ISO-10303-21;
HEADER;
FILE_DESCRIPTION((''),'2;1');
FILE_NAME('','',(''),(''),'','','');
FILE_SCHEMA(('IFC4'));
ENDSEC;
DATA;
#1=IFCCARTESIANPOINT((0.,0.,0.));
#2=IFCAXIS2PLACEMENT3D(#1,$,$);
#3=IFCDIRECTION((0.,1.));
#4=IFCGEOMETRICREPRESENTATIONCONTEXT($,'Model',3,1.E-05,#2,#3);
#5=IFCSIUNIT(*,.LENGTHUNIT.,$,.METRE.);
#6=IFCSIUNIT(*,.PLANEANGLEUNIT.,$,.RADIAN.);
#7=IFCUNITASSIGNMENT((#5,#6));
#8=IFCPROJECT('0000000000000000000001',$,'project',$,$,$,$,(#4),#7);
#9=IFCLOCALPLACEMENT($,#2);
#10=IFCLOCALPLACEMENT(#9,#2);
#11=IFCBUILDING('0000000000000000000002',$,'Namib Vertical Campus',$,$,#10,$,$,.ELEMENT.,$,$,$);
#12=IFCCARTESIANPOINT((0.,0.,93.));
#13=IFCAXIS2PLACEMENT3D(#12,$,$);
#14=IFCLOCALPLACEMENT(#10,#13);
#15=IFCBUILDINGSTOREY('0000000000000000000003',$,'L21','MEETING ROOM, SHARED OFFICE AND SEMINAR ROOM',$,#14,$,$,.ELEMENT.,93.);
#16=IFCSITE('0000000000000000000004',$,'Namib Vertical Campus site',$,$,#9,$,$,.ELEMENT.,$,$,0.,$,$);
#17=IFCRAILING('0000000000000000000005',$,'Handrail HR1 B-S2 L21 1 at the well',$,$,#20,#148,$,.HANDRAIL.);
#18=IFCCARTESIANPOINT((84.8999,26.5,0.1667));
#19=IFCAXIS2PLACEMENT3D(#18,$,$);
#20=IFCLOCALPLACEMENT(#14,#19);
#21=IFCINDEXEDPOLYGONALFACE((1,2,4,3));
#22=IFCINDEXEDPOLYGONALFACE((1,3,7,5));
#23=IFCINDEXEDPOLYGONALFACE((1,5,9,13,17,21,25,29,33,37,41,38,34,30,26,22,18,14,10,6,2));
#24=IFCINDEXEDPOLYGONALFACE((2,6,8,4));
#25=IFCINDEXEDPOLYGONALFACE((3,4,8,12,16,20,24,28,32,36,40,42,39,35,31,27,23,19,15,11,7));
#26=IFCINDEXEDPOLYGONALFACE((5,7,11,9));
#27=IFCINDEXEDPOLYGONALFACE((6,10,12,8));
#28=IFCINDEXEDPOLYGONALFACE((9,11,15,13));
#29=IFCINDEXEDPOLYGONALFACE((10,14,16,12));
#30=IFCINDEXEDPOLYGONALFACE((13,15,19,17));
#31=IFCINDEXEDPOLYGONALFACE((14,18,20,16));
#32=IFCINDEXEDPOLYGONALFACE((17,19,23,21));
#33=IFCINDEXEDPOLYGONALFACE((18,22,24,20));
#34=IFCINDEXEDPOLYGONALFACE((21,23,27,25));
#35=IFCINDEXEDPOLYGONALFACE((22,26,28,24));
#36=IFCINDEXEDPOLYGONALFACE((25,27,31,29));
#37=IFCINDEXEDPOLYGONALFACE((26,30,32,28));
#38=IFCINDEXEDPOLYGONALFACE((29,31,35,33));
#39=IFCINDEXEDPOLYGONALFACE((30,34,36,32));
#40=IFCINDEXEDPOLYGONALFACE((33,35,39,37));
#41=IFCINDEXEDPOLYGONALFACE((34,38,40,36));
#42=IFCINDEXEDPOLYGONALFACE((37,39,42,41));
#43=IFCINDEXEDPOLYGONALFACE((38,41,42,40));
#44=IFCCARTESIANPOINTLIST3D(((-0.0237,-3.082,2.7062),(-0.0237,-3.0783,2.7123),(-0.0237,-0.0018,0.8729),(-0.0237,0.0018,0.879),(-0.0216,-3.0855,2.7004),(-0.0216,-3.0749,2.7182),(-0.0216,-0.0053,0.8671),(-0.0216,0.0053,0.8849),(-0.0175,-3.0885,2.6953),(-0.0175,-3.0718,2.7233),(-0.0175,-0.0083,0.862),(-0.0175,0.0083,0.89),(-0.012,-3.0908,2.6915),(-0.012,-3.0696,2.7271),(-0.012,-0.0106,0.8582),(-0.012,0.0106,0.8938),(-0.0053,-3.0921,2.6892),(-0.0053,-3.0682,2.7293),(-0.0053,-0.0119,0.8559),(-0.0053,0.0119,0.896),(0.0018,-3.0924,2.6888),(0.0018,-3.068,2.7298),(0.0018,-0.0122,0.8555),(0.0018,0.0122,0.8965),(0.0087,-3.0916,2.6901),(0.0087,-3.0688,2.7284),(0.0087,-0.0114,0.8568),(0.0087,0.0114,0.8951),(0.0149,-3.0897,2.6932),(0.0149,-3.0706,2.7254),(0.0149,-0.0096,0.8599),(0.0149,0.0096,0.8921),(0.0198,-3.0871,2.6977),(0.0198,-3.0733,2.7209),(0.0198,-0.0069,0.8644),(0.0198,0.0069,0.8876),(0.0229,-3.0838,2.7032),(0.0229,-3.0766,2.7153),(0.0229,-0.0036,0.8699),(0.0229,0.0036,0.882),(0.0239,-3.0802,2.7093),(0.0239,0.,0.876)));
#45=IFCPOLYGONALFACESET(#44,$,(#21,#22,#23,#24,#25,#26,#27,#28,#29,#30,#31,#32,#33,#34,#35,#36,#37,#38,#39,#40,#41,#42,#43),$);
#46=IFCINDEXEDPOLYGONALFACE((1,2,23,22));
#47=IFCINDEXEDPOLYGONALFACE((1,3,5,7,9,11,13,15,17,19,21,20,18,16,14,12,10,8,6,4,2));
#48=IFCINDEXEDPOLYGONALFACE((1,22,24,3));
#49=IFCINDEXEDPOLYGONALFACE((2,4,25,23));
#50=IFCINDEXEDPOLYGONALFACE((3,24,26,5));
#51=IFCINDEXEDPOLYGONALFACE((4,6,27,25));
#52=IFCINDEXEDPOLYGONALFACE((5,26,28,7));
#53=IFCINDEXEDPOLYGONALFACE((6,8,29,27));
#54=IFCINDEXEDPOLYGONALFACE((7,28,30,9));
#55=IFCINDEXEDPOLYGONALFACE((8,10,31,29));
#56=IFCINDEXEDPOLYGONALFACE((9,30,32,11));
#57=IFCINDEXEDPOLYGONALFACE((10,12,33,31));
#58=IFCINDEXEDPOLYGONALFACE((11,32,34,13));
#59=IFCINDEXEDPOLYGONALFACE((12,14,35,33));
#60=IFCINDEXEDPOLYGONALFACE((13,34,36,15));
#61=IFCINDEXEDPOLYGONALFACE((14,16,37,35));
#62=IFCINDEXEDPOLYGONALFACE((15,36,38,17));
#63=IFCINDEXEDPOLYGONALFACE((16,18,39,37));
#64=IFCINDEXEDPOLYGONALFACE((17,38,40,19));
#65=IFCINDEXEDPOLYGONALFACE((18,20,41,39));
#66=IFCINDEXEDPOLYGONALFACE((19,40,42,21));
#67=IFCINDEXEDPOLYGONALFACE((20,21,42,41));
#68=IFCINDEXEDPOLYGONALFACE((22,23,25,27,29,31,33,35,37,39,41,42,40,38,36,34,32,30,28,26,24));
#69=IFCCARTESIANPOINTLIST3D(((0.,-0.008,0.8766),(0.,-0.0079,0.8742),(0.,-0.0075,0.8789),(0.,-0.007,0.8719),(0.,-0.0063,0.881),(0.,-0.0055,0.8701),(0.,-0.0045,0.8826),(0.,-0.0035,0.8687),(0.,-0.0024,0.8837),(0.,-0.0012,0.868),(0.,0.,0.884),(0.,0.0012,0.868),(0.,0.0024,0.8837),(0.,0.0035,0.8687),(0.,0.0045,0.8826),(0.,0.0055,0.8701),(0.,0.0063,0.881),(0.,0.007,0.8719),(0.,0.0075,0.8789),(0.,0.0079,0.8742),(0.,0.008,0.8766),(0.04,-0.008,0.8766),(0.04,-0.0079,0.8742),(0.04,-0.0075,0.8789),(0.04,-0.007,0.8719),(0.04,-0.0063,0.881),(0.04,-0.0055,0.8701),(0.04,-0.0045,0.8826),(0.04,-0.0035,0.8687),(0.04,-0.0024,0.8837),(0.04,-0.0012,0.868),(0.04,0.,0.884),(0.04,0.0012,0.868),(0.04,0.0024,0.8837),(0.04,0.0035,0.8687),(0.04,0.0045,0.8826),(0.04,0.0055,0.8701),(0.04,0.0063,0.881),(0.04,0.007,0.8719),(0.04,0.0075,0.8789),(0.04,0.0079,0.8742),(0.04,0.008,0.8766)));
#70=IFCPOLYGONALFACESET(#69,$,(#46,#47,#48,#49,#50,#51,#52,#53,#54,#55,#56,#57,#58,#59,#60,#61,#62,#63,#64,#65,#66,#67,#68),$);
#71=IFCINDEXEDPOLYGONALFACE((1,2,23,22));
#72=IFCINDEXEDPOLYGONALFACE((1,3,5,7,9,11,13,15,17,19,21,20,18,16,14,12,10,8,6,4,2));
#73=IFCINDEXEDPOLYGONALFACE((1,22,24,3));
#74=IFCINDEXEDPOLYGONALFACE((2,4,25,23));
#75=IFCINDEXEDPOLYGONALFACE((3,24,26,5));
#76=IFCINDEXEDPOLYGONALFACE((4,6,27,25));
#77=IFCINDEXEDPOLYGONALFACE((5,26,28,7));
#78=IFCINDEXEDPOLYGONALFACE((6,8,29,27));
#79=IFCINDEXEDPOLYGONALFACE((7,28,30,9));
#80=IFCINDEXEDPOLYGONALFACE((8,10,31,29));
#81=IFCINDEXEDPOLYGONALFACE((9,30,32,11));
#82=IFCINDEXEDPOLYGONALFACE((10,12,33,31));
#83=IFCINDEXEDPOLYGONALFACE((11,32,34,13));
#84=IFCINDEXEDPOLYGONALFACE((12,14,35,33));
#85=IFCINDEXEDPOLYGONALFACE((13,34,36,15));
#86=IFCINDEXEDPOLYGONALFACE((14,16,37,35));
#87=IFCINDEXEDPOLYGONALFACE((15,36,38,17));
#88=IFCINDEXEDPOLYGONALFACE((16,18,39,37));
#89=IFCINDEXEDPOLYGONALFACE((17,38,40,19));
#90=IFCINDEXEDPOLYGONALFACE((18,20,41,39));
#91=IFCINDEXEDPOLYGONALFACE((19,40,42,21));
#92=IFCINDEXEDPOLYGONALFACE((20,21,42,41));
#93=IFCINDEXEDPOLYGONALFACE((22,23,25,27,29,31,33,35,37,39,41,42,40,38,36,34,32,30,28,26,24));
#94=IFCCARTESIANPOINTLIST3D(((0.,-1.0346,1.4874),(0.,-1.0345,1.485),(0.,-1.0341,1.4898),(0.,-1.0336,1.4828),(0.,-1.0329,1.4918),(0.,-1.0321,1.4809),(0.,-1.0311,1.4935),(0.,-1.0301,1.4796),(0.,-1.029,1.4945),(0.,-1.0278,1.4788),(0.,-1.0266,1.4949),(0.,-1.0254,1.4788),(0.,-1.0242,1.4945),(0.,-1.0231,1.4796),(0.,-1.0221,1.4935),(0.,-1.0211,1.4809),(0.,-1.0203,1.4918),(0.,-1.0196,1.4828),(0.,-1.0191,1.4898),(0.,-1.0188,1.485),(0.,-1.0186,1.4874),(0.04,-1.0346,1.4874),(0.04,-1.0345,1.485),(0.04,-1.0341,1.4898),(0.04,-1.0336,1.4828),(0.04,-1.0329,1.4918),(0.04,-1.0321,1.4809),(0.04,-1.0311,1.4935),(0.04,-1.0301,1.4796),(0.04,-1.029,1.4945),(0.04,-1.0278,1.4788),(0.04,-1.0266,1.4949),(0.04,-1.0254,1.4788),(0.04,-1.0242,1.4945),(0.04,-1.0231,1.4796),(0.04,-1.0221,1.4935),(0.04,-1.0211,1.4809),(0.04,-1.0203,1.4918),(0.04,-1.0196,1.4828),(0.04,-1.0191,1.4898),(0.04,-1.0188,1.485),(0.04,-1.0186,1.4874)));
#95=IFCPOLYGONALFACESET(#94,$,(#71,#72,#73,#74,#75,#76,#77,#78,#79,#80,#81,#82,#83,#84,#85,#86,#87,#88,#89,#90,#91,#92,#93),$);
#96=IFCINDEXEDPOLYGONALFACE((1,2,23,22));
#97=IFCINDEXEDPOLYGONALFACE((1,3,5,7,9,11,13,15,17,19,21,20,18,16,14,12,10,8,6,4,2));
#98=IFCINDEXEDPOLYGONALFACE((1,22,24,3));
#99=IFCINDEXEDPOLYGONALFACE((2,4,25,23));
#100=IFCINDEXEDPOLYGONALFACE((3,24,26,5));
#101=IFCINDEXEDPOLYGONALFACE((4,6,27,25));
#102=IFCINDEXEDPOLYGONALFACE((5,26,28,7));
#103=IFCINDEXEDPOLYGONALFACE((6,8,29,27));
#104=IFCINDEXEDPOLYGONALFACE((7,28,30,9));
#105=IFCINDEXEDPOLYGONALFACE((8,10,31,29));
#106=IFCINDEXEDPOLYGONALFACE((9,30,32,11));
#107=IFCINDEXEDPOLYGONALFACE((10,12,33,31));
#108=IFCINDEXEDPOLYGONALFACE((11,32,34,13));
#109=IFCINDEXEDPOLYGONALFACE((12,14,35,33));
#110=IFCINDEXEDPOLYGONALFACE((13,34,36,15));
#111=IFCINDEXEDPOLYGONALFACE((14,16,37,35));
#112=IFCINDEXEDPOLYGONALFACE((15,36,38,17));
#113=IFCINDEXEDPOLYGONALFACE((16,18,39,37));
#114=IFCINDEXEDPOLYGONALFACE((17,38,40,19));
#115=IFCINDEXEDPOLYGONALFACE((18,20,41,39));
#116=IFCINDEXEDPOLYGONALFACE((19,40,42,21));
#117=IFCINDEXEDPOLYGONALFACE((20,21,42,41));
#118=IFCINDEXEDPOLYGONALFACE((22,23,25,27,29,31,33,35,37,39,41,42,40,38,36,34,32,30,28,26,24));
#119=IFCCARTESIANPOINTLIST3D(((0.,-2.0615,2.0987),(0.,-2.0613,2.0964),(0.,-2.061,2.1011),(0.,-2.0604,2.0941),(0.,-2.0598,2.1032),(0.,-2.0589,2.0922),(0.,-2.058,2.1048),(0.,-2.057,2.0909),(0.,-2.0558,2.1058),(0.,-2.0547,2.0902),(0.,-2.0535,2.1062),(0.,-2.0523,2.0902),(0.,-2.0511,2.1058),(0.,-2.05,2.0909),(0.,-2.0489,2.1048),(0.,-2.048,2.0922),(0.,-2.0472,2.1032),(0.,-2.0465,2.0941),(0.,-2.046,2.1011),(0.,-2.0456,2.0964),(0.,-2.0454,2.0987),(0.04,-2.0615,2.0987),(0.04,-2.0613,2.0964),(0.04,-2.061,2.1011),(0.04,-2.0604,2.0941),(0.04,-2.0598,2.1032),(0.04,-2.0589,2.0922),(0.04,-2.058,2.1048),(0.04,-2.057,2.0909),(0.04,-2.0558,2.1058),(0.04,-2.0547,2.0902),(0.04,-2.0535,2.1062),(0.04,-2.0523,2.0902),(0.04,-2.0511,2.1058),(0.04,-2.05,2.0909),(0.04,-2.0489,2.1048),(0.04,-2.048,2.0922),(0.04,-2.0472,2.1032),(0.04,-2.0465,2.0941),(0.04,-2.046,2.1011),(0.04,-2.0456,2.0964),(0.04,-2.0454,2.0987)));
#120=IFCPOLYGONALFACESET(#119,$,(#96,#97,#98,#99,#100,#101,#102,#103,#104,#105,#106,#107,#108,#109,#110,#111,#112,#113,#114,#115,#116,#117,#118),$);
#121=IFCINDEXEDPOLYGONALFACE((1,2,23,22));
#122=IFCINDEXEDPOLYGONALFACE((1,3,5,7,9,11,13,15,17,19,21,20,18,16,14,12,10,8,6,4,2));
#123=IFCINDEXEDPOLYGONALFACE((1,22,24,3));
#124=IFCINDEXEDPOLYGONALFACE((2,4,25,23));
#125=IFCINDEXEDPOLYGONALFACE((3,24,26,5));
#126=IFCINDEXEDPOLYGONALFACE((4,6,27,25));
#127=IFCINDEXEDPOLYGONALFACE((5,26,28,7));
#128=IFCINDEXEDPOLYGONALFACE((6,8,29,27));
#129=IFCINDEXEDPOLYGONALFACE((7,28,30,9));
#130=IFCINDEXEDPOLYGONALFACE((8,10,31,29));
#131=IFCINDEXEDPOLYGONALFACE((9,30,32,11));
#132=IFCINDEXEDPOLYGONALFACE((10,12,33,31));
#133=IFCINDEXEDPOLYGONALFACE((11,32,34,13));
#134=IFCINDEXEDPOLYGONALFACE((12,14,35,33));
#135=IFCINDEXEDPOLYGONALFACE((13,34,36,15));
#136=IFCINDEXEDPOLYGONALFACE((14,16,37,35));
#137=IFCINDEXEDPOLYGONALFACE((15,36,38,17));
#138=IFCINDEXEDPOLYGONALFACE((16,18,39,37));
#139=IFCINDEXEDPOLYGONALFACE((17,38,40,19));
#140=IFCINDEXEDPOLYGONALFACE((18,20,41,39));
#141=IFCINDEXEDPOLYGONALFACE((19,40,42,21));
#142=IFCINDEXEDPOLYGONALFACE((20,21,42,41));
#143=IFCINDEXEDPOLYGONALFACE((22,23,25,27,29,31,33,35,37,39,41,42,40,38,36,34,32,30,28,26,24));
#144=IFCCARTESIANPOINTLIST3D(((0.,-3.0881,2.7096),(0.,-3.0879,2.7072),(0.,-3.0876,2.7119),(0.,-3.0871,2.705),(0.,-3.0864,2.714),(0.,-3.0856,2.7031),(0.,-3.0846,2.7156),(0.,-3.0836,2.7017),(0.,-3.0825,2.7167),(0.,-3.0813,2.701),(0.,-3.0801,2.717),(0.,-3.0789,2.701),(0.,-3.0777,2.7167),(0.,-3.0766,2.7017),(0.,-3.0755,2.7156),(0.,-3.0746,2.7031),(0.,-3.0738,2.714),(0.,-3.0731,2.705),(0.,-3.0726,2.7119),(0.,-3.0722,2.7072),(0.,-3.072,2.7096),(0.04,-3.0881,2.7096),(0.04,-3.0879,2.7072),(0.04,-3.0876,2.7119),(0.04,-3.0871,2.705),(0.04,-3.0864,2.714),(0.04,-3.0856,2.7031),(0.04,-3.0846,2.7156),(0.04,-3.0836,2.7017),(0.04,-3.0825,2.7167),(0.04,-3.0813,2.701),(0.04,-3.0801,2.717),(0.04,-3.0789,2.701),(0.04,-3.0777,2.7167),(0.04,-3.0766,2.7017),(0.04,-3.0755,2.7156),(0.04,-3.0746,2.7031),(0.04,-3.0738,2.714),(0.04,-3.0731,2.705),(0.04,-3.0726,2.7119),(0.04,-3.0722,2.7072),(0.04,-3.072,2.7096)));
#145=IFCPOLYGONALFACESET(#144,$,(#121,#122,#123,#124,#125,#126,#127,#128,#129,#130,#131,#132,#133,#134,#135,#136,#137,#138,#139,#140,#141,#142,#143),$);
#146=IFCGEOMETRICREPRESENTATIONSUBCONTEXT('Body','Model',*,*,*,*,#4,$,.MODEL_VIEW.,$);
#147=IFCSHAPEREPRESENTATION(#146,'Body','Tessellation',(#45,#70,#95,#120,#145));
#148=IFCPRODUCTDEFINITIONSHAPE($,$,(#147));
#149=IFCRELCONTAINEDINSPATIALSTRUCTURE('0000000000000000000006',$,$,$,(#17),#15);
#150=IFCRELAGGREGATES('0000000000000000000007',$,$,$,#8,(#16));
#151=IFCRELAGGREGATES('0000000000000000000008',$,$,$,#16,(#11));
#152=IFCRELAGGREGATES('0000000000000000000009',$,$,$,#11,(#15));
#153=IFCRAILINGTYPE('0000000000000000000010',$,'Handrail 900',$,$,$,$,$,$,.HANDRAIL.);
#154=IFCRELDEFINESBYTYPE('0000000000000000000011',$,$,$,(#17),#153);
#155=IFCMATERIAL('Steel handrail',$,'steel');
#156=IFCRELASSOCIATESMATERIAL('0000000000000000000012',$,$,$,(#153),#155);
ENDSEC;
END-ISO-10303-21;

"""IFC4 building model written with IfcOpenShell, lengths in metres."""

from ifc_helpers import new_model, si_unit, direction, frame, origin, origin_2d, place, context, subcontext, project, spatial, circle, extrude, material, type_object, element, save


model = new_model("IFC4")

# Units and contexts
model_context = context("Model", 3, precision=1e-05, world=origin(), true_north=direction((0.0, 1.0)))
body_context = subcontext(model_context, "Body", "Model", "MODEL_VIEW")
ifc_project = project(units=[si_unit("LENGTHUNIT", "METRE"), si_unit("PLANEANGLEUNIT", "RADIAN")], contexts=[model_context])

# Site, building, storey
site_placement = place(None, origin())
site = spatial("IfcSite", under=ifc_project, at=site_placement, Name="Namib Vertical Campus site", CompositionType="ELEMENT", RefElevation=0.0)
building_placement = place(site_placement, origin())
building = spatial("IfcBuilding", under=site, at=building_placement, Name="Namib Vertical Campus", CompositionType="ELEMENT")
storey_placement = place(building_placement, frame((0.0, 0.0, 93.0)))
storey = spatial("IfcBuildingStorey", under=building, at=storey_placement, Name="L21", Description="MEETING ROOM, SHARED OFFICE AND SEMINAR ROOM", CompositionType="ELEMENT", Elevation=93.0)

# Railing
ifc_material_1 = material(Name="Steel handrail", Category="steel")
railing_type_1 = type_object("IfcRailingType", Name="Handrail 900", PredefinedType="HANDRAIL", material=ifc_material_1)
railing_1_placement = place(storey_placement, frame((84.8999, 26.5, 0.1667)))
element("IfcRailing", 1, at=railing_1_placement, inside=storey, type_object=railing_type_1, Name="Handrail HR1 B-S2 L21 1 at the well", PredefinedType="HANDRAIL", context=body_context, shape_type="SweptSolid", body=[
    extrude(circle(Radius=0.0239, at=origin_2d()), frame((0.0, 0.0, 0.876), z_axis=(0.0, -0.859309, 0.511458), x_axis=(1.0, 0.0, 0.0)), (0.0, 0.0, 1.0), 3.5845),
    extrude(circle(Radius=0.0081, at=origin_2d()), frame((0.0, 0.0, 0.876), z_axis=(1.0, 0.0, 0.0), x_axis=(0.0, 0.0, 1.0)), (0.0, 0.0, 1.0), 0.04),
    extrude(circle(Radius=0.0081, at=origin_2d()), frame((0.0, -1.0266, 1.4868), z_axis=(1.0, 0.0, 0.0), x_axis=(0.0, 0.0, 1.0)), (0.0, 0.0, 1.0), 0.04),
    extrude(circle(Radius=0.0081, at=origin_2d()), frame((0.0, -2.0535, 2.0981), z_axis=(1.0, 0.0, 0.0), x_axis=(0.0, 0.0, 1.0)), (0.0, 0.0, 1.0), 0.04),
    extrude(circle(Radius=0.0081, at=origin_2d()), frame((0.0, -3.0801, 2.709), z_axis=(1.0, 0.0, 0.0), x_axis=(0.0, 0.0, 1.0)), (0.0, 0.0, 1.0), 0.04),
])

save(model, "model.ifc")
